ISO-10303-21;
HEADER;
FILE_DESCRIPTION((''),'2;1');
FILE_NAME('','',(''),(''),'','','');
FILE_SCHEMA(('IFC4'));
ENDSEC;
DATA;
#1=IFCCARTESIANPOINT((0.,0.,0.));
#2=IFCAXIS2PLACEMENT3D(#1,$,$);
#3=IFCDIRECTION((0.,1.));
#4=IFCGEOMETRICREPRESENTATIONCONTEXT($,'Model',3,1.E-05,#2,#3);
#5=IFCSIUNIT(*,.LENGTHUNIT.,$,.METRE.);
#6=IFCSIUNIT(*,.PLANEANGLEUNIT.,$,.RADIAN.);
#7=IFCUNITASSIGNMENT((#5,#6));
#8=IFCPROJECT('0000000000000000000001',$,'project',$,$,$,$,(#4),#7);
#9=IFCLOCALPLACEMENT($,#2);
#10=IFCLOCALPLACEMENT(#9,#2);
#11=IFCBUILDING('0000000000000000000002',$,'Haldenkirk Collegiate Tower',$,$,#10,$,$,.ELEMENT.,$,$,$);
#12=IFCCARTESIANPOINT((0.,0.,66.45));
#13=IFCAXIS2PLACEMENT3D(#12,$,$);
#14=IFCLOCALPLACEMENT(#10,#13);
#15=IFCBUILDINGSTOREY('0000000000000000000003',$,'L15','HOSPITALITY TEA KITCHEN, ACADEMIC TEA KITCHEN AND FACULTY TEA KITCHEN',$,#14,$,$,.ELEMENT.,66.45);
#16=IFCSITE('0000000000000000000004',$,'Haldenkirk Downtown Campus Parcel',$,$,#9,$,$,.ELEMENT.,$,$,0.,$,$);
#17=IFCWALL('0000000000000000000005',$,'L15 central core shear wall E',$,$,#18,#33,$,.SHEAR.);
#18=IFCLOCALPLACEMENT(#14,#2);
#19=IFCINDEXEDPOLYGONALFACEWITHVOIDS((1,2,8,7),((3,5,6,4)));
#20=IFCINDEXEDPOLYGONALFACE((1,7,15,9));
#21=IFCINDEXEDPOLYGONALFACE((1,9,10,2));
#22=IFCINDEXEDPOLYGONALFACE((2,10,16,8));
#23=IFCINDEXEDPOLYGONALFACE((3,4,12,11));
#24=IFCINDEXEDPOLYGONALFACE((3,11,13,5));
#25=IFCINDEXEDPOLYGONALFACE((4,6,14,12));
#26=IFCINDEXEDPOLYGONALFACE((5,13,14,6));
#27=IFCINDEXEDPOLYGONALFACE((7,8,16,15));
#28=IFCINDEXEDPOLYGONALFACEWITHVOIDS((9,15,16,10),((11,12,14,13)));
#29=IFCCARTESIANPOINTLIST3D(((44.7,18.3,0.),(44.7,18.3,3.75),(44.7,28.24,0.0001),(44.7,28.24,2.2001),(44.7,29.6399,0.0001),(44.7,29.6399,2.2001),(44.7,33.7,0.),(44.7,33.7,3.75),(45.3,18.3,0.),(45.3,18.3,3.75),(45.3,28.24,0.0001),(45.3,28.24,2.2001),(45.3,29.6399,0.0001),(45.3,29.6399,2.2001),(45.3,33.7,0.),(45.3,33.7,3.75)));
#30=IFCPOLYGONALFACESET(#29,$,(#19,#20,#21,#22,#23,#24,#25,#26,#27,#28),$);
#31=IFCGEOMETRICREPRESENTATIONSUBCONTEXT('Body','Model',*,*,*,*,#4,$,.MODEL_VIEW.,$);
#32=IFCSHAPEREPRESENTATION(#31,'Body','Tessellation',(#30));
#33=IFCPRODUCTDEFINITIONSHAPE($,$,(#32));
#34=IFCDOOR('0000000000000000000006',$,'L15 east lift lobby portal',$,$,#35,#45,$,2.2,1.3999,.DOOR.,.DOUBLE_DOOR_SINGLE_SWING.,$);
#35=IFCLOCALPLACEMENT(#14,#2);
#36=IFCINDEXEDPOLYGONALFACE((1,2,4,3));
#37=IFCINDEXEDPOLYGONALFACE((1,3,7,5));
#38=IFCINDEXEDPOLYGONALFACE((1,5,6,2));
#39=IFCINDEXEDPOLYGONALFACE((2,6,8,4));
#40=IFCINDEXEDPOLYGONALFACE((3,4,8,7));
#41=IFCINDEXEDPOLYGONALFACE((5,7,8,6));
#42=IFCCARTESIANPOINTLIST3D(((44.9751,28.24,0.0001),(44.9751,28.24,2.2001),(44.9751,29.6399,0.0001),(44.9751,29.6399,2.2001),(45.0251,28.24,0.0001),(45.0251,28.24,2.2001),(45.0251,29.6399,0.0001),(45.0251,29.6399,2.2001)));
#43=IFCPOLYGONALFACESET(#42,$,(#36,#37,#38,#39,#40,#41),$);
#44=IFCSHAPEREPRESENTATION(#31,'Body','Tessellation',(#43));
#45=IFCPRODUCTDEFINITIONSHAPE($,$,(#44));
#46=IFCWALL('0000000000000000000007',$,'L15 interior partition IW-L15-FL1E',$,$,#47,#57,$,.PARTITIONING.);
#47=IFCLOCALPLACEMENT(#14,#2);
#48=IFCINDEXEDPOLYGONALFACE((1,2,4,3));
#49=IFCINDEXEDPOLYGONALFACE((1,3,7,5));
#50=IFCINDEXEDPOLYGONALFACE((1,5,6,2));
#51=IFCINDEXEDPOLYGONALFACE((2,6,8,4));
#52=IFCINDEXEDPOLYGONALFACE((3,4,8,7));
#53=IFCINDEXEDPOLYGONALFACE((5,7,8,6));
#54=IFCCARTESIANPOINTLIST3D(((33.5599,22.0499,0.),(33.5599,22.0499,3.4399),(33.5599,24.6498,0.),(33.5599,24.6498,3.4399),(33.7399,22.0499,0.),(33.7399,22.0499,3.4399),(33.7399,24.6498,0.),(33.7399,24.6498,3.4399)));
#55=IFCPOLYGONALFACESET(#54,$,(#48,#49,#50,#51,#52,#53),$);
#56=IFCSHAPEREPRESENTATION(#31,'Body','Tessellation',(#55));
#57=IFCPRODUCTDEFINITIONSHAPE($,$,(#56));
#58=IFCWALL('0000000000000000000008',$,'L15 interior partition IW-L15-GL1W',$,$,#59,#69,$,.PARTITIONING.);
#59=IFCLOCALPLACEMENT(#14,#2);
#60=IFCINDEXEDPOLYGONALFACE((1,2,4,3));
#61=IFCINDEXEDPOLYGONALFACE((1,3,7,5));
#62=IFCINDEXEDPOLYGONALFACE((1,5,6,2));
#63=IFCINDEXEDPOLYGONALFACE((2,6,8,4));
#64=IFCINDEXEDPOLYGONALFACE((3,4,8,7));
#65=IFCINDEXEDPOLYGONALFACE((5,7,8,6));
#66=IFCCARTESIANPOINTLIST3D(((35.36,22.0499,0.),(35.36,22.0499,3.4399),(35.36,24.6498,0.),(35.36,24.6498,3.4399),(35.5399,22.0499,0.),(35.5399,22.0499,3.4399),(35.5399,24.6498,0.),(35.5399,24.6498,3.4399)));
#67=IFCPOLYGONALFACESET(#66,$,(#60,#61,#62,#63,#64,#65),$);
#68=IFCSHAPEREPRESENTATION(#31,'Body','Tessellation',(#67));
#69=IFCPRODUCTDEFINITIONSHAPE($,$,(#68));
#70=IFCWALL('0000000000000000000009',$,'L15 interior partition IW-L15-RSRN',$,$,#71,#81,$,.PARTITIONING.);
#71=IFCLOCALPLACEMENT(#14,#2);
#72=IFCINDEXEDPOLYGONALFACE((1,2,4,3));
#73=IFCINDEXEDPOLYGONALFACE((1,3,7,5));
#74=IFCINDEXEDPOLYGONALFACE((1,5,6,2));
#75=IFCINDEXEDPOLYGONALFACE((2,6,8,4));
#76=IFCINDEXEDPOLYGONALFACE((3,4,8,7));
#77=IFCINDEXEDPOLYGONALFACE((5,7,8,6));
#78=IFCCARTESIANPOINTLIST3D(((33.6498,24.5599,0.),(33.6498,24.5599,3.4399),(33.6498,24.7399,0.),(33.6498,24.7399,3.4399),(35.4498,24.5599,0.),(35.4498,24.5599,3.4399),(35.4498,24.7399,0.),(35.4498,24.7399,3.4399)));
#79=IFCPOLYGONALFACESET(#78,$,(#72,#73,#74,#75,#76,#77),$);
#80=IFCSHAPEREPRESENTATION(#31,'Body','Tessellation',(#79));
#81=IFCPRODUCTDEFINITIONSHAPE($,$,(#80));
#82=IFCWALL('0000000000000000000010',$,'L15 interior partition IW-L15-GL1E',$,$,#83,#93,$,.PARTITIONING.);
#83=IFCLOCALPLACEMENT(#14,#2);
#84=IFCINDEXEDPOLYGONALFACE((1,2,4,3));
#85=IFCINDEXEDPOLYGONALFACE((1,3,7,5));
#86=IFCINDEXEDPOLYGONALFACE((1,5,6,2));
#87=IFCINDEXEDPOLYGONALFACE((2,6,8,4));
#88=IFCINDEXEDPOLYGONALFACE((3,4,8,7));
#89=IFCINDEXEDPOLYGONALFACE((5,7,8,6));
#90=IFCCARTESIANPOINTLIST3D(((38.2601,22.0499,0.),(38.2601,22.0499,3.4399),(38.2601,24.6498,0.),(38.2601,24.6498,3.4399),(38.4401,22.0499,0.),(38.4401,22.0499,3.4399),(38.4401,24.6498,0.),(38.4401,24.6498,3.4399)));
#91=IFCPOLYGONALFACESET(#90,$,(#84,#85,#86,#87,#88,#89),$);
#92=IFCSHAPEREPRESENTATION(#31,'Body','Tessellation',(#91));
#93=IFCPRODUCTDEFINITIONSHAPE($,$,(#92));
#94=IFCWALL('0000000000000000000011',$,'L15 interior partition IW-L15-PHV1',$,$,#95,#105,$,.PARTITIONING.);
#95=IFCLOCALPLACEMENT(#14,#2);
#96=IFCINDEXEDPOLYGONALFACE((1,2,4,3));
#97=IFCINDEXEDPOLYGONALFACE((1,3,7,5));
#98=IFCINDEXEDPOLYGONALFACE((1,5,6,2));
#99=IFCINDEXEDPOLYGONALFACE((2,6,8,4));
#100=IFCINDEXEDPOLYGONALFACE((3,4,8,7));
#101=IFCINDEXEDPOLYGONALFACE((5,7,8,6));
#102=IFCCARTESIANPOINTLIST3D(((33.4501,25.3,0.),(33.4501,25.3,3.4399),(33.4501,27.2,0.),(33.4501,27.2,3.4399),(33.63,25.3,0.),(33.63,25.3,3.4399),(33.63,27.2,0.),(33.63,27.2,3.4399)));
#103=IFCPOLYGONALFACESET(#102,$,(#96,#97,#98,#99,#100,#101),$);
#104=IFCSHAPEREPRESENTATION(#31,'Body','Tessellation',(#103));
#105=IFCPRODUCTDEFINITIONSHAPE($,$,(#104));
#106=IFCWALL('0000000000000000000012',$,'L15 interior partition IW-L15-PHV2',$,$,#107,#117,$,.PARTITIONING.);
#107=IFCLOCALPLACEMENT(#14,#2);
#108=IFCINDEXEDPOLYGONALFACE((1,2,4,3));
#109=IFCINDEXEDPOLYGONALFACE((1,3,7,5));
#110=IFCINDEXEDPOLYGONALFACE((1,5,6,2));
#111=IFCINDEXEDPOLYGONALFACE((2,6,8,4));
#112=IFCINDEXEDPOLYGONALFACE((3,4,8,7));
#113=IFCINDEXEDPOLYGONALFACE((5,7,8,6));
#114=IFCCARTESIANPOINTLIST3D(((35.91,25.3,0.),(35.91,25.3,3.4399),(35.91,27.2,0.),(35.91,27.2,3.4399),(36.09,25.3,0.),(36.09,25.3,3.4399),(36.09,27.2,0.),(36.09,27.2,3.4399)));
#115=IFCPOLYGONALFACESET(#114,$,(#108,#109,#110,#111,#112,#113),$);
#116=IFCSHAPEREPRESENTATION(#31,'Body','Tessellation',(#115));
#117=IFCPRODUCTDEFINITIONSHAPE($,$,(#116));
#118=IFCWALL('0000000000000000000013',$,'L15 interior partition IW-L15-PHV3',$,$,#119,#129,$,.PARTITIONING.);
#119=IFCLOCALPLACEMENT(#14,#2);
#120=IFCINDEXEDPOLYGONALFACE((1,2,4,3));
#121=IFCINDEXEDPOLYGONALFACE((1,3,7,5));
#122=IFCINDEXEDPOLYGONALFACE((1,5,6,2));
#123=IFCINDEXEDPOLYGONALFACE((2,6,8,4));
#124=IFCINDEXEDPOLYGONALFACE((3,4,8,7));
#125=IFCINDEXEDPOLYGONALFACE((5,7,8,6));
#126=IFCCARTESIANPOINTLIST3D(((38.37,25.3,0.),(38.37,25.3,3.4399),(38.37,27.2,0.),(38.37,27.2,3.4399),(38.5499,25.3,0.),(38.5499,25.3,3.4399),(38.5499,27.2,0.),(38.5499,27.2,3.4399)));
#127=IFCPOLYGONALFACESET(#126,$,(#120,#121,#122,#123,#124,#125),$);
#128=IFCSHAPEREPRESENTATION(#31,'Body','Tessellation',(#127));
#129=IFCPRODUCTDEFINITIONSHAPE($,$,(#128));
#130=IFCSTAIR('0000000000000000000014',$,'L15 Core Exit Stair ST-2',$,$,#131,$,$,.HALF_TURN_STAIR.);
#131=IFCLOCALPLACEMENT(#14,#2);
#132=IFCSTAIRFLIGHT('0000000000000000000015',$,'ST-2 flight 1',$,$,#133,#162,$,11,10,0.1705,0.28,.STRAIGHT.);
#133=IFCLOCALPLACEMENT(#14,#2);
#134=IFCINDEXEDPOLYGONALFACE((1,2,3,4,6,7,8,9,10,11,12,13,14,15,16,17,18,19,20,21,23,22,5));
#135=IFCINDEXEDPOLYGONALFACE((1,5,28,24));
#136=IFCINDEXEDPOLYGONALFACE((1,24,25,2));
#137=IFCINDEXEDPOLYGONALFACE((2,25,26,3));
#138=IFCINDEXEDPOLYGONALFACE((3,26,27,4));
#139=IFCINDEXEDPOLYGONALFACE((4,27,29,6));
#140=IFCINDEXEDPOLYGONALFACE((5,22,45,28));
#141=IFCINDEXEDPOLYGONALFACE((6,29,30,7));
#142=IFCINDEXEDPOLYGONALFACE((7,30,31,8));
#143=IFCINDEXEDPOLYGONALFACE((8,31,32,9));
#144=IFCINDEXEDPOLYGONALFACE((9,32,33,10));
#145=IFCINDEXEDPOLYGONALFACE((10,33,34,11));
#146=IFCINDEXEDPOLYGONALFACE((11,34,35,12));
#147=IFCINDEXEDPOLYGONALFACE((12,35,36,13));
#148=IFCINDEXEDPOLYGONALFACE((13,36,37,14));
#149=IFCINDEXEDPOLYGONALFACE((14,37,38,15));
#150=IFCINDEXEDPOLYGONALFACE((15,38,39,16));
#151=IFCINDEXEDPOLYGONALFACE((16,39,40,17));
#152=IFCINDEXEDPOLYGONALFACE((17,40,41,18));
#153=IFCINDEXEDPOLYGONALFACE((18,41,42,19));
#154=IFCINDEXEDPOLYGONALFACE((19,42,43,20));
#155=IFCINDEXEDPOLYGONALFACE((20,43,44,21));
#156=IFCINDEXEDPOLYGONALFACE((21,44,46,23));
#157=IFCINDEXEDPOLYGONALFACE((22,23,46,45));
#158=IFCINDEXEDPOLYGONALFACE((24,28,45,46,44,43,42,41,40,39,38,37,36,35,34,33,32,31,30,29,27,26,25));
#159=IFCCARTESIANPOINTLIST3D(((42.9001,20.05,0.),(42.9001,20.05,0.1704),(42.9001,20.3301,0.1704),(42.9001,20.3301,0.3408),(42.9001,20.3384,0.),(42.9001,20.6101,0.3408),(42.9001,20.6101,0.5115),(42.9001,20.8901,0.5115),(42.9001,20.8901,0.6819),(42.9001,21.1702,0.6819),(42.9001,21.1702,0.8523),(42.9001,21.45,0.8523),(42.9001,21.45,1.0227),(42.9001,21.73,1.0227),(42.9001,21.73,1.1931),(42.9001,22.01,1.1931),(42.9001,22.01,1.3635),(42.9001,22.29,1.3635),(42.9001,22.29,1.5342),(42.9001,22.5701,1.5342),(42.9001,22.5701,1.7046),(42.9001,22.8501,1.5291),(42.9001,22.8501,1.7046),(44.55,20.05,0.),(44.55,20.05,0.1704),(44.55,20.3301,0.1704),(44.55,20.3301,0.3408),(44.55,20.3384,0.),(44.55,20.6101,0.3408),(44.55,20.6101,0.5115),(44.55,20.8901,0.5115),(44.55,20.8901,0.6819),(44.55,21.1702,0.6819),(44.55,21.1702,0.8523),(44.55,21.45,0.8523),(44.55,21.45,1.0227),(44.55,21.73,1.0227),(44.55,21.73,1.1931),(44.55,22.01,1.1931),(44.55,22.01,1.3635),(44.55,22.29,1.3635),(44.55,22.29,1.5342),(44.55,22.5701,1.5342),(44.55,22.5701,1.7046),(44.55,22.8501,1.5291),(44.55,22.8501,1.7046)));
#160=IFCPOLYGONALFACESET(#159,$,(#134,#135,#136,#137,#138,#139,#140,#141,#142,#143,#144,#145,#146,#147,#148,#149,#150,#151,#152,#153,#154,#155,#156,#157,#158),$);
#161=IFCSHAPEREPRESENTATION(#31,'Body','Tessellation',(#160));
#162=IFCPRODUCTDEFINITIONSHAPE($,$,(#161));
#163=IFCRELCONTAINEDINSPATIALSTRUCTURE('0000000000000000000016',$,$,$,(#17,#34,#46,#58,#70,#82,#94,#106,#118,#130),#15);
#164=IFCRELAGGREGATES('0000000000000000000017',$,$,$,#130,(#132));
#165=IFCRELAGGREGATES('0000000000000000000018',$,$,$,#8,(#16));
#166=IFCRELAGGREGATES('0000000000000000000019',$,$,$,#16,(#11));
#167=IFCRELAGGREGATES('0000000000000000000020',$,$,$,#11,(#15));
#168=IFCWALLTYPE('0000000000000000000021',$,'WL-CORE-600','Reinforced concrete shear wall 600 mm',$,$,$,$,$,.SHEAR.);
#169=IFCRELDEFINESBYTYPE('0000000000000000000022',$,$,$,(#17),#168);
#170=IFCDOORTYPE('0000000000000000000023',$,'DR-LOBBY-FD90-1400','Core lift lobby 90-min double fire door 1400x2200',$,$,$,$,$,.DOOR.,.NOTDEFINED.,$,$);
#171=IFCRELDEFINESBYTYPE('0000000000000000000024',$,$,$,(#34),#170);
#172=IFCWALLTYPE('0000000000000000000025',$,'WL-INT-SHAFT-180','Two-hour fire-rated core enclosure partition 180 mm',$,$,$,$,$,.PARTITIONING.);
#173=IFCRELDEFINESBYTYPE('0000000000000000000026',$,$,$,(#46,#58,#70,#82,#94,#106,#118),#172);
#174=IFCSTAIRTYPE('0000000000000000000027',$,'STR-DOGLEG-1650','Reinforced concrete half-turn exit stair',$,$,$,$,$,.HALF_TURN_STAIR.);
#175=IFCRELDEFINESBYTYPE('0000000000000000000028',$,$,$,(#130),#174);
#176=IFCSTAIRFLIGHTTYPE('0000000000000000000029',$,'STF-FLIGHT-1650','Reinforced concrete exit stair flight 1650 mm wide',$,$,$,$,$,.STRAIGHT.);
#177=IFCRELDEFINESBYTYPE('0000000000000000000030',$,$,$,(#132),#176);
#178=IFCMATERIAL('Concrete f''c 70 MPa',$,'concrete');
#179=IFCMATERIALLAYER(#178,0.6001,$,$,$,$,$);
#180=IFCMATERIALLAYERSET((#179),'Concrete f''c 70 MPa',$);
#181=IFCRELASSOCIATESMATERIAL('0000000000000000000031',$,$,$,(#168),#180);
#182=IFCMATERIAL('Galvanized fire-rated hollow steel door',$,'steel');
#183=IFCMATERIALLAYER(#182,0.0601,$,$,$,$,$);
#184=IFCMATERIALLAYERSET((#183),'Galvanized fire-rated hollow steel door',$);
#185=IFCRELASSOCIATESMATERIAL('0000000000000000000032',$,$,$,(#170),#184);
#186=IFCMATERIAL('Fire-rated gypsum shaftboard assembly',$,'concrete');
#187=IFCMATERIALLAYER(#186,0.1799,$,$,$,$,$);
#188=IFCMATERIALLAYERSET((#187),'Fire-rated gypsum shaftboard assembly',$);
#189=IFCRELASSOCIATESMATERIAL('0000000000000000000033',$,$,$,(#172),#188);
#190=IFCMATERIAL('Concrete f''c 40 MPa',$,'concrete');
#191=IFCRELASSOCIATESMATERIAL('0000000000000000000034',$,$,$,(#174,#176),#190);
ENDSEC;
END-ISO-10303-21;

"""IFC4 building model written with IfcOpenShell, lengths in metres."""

from ifc_helpers import new_model, si_unit, direction, frame, frame_2d, origin, place, context, subcontext, project, spatial, polyline, rectangle, outline, extrude, material, layer, layer_set, type_object, element, fill, aggregate, save


model = new_model("IFC4")

# Units and contexts
model_context = context("Model", 3, precision=1e-05, world=origin(), true_north=direction((0.0, 1.0)))
body_context = subcontext(model_context, "Body", "Model", "MODEL_VIEW")
ifc_project = project(units=[si_unit("LENGTHUNIT", "METRE"), si_unit("PLANEANGLEUNIT", "RADIAN")], contexts=[model_context])

# Site, building, storey
site_placement = place(None, origin())
site = spatial("IfcSite", under=ifc_project, at=site_placement, Name="Haldenkirk Downtown Campus Parcel", CompositionType="ELEMENT", RefElevation=0.0)
building_placement = place(site_placement, origin())
building = spatial("IfcBuilding", under=site, at=building_placement, Name="Haldenkirk Collegiate Tower", CompositionType="ELEMENT")
storey_placement = place(building_placement, frame((0.0, 0.0, 66.45)))
storey = spatial("IfcBuildingStorey", under=building, at=storey_placement, Name="L15", Description="HOSPITALITY TEA KITCHEN, ACADEMIC TEA KITCHEN AND FACULTY TEA KITCHEN", CompositionType="ELEMENT", Elevation=66.45)

# Wall, opening, door
ifc_material_1 = material(Name="Concrete f'c 70 MPa", Category="concrete")
ifc_layer_1 = layer(ifc_material_1, 0.6001)
ifc_layer_set_1 = layer_set([ifc_layer_1], Name="Concrete f'c 70 MPa")
wall_type_1 = type_object("IfcWallType", Name="WL-CORE-600", Description="Reinforced concrete shear wall 600 mm", PredefinedType="SHEAR", material=ifc_layer_set_1)
wall_1_placement = place(storey_placement, frame((45.0, 18.3, 0.0), z_axis=(0.0, 0.0, 1.0), x_axis=(0.0, 1.0, 0.0)))
wall_1 = element("IfcWall", 1, at=wall_1_placement, inside=storey, type_object=wall_type_1, Name="L15 central core shear wall E", PredefinedType="SHEAR", context=body_context, shape_type="SweptSolid", body=[
    extrude(rectangle(XDim=15.3999, YDim=0.6001, at=frame_2d((7.7, 0.0))), origin(), (0.0, 0.0, 1.0), 3.75),
])
opening_1_placement = place(wall_1_placement, frame((9.9399, 0.0, 0.0)))
opening_1 = element("IfcOpeningElement", 2, at=opening_1_placement, cuts=wall_1, PredefinedType="OPENING", context=body_context, shape_type="SweptSolid", body=[
    extrude(rectangle(XDim=1.3999, YDim=2.2, at=frame_2d((0.7, 1.1001))), frame((0.0, 0.3101, 0.0), z_axis=(0.0, -1.0, 0.0), x_axis=(1.0, 0.0, 0.0)), (0.0, 0.0, 1.0), 0.6201),
])
ifc_material_2 = material(Name="Galvanized fire-rated hollow steel door", Category="steel")
ifc_layer_2 = layer(ifc_material_2, 0.0601)
ifc_layer_set_2 = layer_set([ifc_layer_2], Name="Galvanized fire-rated hollow steel door")
door_type_1 = type_object("IfcDoorType", Name="DR-LOBBY-FD90-1400", Description="Core lift lobby 90-min double fire door 1400x2200", OperationType="NOTDEFINED", PredefinedType="DOOR", material=ifc_layer_set_2)
door_1_placement = place(opening_1_placement, origin())
door_1 = element("IfcDoor", 3, at=door_1_placement, inside=storey, type_object=door_type_1, Name="L15 east lift lobby portal", OperationType="DOUBLE_DOOR_SINGLE_SWING", OverallHeight=2.2, OverallWidth=1.3999, PredefinedType="DOOR", context=body_context, shape_type="SweptSolid", body=[
    extrude(rectangle(XDim=1.3999, YDim=2.2, at=frame_2d((0.7, 1.1001))), frame((0.0, 0.0249, 0.0), z_axis=(0.0, -1.0, 0.0), x_axis=(1.0, 0.0, 0.0)), (0.0, 0.0, 1.0), 0.05),
])
fill(opening_1, door_1)

# Walls
ifc_material_3 = material(Name="Fire-rated gypsum shaftboard assembly", Category="concrete")
ifc_layer_3 = layer(ifc_material_3, 0.1799)
ifc_layer_set_3 = layer_set([ifc_layer_3], Name="Fire-rated gypsum shaftboard assembly")
wall_type_2 = type_object("IfcWallType", Name="WL-INT-SHAFT-180", Description="Two-hour fire-rated core enclosure partition 180 mm", PredefinedType="PARTITIONING", material=ifc_layer_set_3)
for number, where, z_axis, x_axis, name in (
    (4, (33.6499, 22.05, 0.0), (0.0, 0.0, 1.0), (0.0, 1.0, 0.0), "L15 interior partition IW-L15-FL1E"),
    (5, (35.45, 22.05, 0.0), (0.0, 0.0, 1.0), (0.0, 1.0, 0.0), "L15 interior partition IW-L15-GL1W"),
):
    element("IfcWall", number, at=place(storey_placement, frame(where, z_axis=z_axis, x_axis=x_axis)), inside=storey, type_object=wall_type_2, Name=name, PredefinedType="PARTITIONING", context=body_context, shape_type="SweptSolid", body=[
        extrude(rectangle(XDim=2.5999, YDim=0.1799, at=frame_2d((1.2998, 0.0))), origin(), (0.0, 0.0, 1.0), 3.4399),
    ])
wall_2_placement = place(storey_placement, frame((33.6499, 24.6499, 0.0), z_axis=(0.0, 0.0, 1.0), x_axis=(1.0, 0.0, 0.0)))
element("IfcWall", 6, at=wall_2_placement, inside=storey, type_object=wall_type_2, Name="L15 interior partition IW-L15-RSRN", PredefinedType="PARTITIONING", context=body_context, shape_type="SweptSolid", body=[
    extrude(rectangle(XDim=1.8, YDim=0.1799, at=frame_2d((0.8999, 0.0))), origin(), (0.0, 0.0, 1.0), 3.4399),
])
wall_3_placement = place(storey_placement, frame((38.3501, 22.05, 0.0), z_axis=(0.0, 0.0, 1.0), x_axis=(0.0, 1.0, 0.0)))
element("IfcWall", 7, at=wall_3_placement, inside=storey, type_object=wall_type_2, Name="L15 interior partition IW-L15-GL1E", PredefinedType="PARTITIONING", context=body_context, shape_type="SweptSolid", body=[
    extrude(rectangle(XDim=2.5999, YDim=0.1799, at=frame_2d((1.2998, 0.0))), origin(), (0.0, 0.0, 1.0), 3.4399),
])
for number, where, z_axis, x_axis, name in (
    (8, (33.54, 25.3, 0.0), (0.0, 0.0, 1.0), (0.0, 1.0, 0.0), "L15 interior partition IW-L15-PHV1"),
    (9, (36.0, 25.3, 0.0), (0.0, 0.0, 1.0), (0.0, 1.0, 0.0), "L15 interior partition IW-L15-PHV2"),
    (10, (38.46, 25.3, 0.0), (0.0, 0.0, 1.0), (0.0, 1.0, 0.0), "L15 interior partition IW-L15-PHV3"),
):
    element("IfcWall", number, at=place(storey_placement, frame(where, z_axis=z_axis, x_axis=x_axis)), inside=storey, type_object=wall_type_2, Name=name, PredefinedType="PARTITIONING", context=body_context, shape_type="SweptSolid", body=[
        extrude(rectangle(XDim=1.8999, YDim=0.1799, at=frame_2d((0.95, 0.0))), origin(), (0.0, 0.0, 1.0), 3.4399),
    ])

# Stair, stair flight
ifc_material_4 = material(Name="Concrete f'c 40 MPa", Category="concrete")
stair_type = type_object("IfcStairType", Name="STR-DOGLEG-1650", Description="Reinforced concrete half-turn exit stair", PredefinedType="HALF_TURN_STAIR", material=ifc_material_4)
stair_placement = place(storey_placement, origin())
stair = element("IfcStair", 11, at=stair_placement, inside=storey, type_object=stair_type, Name="L15 Core Exit Stair ST-2", PredefinedType="HALF_TURN_STAIR")
stair_flight_type = type_object("IfcStairFlightType", Name="STF-FLIGHT-1650", Description="Reinforced concrete exit stair flight 1650 mm wide", PredefinedType="STRAIGHT", material=ifc_material_4)
stair_flight_1_placement = place(storey_placement, frame((43.7251, 20.05, 0.0), z_axis=(0.0, 0.0, 1.0), x_axis=(0.0, 1.0, 0.0)))
stair_flight_1 = element("IfcStairFlight", 12, at=stair_flight_1_placement, type_object=stair_flight_type, Name="ST-2 flight 1", NumberOfRisers=11, NumberOfTreads=10, PredefinedType="STRAIGHT", RiserHeight=0.1705, TreadLength=0.28, context=body_context, shape_type="SweptSolid", body=[
    extrude(outline(polyline([(0.0, 0.0), (0.0, 0.1704), (0.28, 0.1704), (0.28, 0.3408), (0.5601, 0.3408), (0.5601, 0.5115), (0.8401, 0.5115), (0.8401, 0.6819), (1.1201, 0.6819), (1.1201, 0.8523), (1.3999, 0.8523), (1.3999, 1.0227), (1.6799, 1.0227), (1.6799, 1.1931), (1.96, 1.1931), (1.96, 1.3635), (2.24, 1.3635), (2.24, 1.5342), (2.52, 1.5342), (2.52, 1.7046), (2.8, 1.7046), (2.8, 1.875), (2.8, 1.5291), (0.2883, 0.0), (0.0, 0.0)])), frame((0.0, 0.825, 0.0), z_axis=(0.0, -1.0, 0.0), x_axis=(1.0, 0.0, 0.0)), (0.0, 0.0, 1.0), 1.6499),
])
aggregate(stair, [stair_flight_1])

save(model, "model.ifc")
